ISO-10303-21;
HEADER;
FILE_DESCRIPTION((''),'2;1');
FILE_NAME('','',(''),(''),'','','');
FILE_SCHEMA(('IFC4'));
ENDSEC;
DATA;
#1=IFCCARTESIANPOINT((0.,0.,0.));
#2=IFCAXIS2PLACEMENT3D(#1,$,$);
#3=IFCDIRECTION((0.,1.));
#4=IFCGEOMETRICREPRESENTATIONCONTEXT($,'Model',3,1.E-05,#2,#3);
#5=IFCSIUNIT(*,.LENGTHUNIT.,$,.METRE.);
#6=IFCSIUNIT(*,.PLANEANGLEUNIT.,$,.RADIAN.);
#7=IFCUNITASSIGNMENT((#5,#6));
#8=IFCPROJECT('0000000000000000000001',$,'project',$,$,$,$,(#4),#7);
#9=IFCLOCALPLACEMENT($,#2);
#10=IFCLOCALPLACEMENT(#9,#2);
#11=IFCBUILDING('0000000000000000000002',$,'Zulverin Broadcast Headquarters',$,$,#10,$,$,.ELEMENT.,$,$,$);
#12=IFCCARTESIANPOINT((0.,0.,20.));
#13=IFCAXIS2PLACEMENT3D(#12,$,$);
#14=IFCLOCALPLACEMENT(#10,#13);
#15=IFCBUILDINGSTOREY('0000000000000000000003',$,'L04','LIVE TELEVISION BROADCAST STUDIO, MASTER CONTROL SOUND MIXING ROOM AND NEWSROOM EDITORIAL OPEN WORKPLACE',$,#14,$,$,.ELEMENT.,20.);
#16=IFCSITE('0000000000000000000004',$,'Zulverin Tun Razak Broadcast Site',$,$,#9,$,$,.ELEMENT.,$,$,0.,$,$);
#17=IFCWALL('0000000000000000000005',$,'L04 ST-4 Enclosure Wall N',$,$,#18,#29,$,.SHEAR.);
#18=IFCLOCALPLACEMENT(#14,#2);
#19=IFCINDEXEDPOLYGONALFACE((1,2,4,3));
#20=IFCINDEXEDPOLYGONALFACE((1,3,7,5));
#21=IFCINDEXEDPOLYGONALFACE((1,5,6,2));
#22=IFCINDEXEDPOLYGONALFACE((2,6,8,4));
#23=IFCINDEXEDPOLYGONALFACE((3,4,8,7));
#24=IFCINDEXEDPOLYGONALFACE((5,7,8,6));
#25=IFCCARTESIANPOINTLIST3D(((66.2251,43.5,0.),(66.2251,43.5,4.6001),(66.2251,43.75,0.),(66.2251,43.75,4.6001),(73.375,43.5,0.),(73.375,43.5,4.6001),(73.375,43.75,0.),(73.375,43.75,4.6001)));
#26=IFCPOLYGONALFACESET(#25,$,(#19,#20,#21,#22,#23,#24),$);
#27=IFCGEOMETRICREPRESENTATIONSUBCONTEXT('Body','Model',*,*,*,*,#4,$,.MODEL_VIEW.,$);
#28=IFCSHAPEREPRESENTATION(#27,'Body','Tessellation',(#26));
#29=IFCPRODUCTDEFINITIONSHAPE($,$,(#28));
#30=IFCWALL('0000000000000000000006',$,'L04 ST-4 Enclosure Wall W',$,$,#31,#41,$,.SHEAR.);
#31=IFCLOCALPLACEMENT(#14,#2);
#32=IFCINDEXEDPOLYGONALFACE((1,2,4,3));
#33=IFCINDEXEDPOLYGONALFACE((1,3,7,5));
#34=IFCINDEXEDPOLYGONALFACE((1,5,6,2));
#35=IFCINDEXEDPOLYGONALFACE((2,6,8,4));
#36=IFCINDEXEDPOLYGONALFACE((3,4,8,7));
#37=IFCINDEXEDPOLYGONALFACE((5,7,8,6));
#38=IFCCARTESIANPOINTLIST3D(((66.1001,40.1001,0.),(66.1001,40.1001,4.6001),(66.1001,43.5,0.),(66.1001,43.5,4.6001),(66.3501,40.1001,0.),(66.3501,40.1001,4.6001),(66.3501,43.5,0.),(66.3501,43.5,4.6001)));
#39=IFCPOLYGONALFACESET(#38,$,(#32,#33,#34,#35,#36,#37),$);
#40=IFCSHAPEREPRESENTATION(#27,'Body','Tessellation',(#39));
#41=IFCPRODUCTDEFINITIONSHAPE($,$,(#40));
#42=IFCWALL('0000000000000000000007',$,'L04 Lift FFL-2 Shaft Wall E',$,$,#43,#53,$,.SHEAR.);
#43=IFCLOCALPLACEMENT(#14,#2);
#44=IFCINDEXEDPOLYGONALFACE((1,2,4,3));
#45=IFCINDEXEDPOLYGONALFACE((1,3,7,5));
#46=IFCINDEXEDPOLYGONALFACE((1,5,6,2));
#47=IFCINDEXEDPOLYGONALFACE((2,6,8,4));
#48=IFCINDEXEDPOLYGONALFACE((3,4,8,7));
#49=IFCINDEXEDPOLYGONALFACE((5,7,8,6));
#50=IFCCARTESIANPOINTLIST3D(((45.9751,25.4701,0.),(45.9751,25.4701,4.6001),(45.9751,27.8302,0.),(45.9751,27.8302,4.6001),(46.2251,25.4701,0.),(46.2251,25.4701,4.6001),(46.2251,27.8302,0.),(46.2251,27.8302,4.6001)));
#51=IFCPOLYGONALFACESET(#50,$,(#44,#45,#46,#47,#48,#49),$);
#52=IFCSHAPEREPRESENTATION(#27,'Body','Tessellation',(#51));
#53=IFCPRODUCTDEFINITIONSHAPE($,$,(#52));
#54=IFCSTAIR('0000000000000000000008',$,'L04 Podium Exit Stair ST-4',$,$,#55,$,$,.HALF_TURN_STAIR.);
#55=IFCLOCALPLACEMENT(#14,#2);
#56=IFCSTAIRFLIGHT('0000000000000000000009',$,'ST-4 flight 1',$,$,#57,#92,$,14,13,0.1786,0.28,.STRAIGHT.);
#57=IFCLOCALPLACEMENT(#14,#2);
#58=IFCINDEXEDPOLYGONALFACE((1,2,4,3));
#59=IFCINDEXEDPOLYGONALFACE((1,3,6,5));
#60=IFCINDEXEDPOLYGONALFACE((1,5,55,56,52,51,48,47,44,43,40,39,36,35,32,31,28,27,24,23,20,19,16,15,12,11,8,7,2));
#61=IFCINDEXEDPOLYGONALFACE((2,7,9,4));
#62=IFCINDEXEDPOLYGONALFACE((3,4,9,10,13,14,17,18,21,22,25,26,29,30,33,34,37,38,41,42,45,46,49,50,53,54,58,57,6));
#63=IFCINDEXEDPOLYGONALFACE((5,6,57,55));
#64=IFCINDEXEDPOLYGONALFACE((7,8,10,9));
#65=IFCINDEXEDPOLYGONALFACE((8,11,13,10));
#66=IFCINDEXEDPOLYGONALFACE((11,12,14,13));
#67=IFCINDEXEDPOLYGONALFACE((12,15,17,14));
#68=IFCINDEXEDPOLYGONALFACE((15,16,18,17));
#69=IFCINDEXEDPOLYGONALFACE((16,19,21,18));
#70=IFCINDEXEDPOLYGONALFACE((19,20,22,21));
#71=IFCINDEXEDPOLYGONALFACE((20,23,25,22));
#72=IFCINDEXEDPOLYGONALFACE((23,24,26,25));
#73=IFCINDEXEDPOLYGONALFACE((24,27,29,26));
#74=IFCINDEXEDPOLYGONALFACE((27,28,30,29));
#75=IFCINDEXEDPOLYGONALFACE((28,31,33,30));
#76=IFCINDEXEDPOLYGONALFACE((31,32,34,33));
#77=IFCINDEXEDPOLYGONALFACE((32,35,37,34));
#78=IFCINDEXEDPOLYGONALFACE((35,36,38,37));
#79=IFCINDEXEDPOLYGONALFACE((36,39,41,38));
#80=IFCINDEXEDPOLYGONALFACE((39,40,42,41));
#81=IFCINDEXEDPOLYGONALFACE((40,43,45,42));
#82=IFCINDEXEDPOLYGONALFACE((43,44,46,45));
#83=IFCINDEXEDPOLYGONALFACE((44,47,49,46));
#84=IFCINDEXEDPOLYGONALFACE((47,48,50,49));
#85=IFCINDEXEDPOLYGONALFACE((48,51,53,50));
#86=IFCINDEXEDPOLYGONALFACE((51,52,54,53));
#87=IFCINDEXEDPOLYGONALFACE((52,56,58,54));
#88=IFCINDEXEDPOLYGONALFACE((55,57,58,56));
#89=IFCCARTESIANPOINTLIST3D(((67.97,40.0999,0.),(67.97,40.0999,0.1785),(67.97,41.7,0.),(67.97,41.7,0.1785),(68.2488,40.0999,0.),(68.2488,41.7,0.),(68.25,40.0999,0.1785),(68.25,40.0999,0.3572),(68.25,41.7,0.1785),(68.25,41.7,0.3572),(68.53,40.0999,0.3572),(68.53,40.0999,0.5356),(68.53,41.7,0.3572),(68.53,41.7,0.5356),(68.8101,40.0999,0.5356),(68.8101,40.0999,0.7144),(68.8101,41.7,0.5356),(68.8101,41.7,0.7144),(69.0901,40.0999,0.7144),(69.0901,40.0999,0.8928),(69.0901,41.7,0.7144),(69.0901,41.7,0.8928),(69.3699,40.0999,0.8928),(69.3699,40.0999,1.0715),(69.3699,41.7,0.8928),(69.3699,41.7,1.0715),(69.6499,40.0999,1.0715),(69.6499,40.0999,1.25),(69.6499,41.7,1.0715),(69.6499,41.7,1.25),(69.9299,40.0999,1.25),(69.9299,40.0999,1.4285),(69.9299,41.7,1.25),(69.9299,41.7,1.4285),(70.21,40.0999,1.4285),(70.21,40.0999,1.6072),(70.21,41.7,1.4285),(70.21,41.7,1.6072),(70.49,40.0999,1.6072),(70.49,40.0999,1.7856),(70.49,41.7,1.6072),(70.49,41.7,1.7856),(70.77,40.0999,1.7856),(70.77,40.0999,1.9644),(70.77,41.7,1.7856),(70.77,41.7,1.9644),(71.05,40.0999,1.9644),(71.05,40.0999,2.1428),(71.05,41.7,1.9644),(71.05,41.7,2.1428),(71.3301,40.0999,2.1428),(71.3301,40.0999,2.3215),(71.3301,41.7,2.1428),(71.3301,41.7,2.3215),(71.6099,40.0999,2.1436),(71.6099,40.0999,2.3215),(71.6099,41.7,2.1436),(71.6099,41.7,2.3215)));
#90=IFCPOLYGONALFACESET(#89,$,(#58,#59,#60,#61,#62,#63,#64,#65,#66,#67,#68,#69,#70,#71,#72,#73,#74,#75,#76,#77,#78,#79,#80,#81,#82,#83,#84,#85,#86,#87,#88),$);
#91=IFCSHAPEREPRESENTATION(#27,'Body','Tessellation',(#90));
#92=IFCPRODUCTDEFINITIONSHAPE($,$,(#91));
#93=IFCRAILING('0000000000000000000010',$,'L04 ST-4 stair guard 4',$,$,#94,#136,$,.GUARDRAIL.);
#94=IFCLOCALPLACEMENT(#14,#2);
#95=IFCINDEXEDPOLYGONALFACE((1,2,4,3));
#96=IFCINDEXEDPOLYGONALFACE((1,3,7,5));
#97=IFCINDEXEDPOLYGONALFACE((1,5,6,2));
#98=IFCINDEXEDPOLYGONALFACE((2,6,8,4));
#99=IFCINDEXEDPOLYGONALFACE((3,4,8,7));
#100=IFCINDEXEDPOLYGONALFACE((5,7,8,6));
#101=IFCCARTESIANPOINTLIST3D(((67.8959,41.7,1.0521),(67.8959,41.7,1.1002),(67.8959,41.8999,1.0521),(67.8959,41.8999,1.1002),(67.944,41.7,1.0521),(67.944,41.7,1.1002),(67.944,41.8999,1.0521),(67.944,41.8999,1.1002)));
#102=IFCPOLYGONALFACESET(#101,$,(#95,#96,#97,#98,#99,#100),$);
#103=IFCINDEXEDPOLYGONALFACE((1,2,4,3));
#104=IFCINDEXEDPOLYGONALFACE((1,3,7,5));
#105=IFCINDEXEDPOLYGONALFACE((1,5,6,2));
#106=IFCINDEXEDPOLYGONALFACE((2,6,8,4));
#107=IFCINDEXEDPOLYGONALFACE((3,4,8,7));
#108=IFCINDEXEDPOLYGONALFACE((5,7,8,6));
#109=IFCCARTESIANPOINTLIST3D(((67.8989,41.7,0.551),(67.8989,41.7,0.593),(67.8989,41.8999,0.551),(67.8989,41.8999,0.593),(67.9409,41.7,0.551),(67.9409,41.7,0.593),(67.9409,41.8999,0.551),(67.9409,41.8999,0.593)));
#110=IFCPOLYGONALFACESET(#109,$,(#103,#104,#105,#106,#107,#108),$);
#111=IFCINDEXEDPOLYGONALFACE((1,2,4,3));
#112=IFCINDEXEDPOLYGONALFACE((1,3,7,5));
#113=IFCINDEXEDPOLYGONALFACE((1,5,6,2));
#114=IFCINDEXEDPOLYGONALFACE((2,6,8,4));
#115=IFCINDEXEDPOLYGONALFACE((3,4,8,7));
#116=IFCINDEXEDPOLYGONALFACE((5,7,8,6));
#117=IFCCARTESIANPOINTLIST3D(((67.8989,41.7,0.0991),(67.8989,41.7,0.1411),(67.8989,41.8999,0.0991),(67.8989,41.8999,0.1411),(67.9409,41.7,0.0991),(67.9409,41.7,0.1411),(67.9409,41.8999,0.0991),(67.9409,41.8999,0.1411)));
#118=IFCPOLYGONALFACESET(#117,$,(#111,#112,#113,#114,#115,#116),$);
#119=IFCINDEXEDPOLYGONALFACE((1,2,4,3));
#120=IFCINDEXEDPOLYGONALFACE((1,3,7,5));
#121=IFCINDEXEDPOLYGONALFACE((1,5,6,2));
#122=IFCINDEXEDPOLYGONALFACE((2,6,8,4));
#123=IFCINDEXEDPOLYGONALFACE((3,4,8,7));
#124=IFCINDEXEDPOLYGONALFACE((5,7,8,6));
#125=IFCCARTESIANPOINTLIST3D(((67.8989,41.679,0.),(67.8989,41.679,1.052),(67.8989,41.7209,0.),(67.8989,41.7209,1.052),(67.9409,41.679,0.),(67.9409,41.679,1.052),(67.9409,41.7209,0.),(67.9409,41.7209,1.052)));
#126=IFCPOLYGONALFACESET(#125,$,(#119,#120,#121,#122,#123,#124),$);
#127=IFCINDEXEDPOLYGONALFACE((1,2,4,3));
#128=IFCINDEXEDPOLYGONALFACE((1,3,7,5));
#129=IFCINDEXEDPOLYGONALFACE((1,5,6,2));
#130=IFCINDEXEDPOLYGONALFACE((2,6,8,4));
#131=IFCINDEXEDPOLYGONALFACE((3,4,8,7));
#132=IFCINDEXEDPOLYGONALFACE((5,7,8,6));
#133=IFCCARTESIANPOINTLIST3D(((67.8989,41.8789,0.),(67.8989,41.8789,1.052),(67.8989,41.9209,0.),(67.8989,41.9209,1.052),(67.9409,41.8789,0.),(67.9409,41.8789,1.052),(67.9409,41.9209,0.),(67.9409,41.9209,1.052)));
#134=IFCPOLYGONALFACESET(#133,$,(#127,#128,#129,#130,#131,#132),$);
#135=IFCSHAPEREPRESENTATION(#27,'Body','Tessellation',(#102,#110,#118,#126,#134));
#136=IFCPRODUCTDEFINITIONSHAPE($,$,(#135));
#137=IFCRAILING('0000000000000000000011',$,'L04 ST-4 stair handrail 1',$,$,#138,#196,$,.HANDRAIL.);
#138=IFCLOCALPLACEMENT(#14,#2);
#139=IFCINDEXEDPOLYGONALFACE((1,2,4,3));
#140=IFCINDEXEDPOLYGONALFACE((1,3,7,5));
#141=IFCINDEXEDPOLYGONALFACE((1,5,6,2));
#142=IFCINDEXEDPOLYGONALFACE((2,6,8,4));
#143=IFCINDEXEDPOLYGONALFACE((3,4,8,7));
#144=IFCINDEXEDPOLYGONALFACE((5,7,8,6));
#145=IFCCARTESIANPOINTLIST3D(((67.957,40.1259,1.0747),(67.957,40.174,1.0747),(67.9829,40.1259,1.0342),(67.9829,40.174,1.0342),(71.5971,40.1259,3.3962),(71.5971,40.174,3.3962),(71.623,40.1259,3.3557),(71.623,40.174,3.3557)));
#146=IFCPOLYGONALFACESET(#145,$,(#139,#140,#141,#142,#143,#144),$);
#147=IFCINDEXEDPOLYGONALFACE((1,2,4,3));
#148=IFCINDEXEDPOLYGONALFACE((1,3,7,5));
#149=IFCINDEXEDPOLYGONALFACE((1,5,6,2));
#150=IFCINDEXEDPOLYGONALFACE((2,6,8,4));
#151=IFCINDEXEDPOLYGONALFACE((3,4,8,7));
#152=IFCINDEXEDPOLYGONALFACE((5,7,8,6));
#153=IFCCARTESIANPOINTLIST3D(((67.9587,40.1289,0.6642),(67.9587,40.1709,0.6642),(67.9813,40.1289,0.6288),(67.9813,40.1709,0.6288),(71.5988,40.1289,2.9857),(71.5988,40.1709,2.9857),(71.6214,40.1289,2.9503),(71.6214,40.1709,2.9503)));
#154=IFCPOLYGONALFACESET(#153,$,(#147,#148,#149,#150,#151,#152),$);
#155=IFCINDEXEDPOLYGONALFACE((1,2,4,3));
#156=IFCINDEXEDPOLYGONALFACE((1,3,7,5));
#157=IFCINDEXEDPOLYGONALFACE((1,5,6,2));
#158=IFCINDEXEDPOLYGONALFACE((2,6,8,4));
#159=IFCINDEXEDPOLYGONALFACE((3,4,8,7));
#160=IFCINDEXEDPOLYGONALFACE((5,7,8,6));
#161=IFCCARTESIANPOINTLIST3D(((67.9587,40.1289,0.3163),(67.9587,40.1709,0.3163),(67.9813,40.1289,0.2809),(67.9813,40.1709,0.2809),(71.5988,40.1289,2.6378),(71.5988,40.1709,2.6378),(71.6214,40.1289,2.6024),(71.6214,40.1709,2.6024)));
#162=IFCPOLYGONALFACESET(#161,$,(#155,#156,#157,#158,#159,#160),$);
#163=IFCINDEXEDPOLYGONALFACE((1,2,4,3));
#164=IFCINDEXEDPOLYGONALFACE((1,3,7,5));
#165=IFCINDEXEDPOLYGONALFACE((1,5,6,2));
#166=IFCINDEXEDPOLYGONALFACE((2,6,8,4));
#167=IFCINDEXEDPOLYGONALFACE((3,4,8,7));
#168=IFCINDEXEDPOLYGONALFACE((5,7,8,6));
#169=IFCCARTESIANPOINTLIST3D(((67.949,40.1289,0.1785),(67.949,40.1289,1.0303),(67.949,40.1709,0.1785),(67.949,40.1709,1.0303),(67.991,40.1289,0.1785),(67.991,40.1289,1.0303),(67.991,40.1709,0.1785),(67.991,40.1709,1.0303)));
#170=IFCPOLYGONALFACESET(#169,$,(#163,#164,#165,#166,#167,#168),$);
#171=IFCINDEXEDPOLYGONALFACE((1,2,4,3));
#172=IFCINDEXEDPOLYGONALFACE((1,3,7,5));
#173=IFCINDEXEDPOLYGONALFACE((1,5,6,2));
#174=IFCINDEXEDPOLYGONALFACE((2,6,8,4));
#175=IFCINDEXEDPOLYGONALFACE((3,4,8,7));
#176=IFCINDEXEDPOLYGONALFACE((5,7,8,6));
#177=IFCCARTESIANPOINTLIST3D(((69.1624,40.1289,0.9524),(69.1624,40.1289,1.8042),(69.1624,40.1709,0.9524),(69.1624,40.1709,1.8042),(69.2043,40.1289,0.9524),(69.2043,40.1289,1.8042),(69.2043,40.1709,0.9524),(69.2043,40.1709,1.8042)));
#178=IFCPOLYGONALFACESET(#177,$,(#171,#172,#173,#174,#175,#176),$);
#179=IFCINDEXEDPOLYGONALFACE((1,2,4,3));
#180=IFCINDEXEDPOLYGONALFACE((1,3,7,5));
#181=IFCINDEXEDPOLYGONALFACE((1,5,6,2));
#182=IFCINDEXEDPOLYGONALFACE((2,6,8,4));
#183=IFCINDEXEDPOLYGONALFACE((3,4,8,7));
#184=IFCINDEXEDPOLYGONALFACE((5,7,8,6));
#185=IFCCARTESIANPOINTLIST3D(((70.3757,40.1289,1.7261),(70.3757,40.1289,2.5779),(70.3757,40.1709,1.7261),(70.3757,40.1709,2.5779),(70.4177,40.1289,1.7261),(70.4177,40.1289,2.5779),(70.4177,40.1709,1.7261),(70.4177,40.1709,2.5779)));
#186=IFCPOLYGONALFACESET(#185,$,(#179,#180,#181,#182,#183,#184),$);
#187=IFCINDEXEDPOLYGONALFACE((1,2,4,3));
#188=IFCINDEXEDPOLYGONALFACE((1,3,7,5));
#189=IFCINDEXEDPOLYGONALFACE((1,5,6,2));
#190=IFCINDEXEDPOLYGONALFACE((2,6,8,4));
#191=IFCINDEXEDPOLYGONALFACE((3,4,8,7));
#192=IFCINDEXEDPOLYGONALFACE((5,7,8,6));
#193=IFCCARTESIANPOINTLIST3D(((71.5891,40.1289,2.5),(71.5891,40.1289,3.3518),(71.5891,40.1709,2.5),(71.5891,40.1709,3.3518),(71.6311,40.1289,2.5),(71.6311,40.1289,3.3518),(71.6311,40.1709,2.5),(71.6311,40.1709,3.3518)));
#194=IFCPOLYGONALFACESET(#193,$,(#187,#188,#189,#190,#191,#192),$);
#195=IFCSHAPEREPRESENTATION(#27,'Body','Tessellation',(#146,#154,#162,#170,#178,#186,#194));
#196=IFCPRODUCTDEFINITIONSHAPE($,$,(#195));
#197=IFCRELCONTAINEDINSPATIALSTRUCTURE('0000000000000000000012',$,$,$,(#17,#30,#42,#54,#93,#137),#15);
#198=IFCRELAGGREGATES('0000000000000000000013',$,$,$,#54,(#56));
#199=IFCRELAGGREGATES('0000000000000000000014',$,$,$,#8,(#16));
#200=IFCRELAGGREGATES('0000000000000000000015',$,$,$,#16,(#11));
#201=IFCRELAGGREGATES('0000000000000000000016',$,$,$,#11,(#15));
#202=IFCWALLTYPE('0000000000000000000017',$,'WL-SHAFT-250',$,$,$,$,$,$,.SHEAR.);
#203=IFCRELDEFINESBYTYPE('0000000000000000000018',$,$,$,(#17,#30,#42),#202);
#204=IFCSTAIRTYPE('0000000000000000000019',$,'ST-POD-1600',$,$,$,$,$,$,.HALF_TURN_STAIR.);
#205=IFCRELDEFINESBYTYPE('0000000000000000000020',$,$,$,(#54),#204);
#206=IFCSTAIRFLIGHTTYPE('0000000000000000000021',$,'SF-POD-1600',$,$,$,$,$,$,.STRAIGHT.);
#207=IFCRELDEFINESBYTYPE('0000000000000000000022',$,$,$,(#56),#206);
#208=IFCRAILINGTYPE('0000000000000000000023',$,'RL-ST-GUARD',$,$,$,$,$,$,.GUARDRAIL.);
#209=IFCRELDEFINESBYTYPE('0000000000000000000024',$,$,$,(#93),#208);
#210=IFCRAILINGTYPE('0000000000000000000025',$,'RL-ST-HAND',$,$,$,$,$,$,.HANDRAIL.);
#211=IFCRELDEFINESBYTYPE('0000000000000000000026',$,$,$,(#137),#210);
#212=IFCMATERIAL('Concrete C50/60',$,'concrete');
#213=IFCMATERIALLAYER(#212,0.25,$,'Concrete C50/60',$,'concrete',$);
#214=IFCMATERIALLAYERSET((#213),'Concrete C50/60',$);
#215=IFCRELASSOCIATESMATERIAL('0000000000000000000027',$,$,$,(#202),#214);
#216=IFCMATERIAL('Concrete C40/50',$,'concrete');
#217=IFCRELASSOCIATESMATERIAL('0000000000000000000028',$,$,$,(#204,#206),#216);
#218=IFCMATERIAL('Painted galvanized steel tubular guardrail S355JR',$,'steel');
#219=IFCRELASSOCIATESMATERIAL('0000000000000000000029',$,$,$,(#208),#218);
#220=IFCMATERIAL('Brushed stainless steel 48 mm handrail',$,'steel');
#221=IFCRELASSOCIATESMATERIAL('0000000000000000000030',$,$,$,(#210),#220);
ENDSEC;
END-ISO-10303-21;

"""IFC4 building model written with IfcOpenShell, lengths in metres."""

from ifc_helpers import new_model, si_unit, direction, frame, frame_2d, origin, origin_2d, place, context, subcontext, project, spatial, polyline, rectangle, outline, extrude, material, layer, layer_set, type_object, element, aggregate, save


model = new_model("IFC4")

# Units and contexts
model_context = context("Model", 3, precision=1e-05, world=origin(), true_north=direction((0.0, 1.0)))
body_context = subcontext(model_context, "Body", "Model", "MODEL_VIEW")
ifc_project = project(units=[si_unit("LENGTHUNIT", "METRE"), si_unit("PLANEANGLEUNIT", "RADIAN")], contexts=[model_context])

# Site, building, storey
site_placement = place(None, origin())
site = spatial("IfcSite", under=ifc_project, at=site_placement, Name="Zulverin Tun Razak Broadcast Site", CompositionType="ELEMENT", RefElevation=0.0)
building_placement = place(site_placement, origin())
building = spatial("IfcBuilding", under=site, at=building_placement, Name="Zulverin Broadcast Headquarters", CompositionType="ELEMENT")
storey_placement = place(building_placement, frame((0.0, 0.0, 20.0)))
storey = spatial("IfcBuildingStorey", under=building, at=storey_placement, Name="L04", Description="LIVE TELEVISION BROADCAST STUDIO, MASTER CONTROL SOUND MIXING ROOM AND NEWSROOM EDITORIAL OPEN WORKPLACE", CompositionType="ELEMENT", Elevation=20.0)

# Shared definitions
ifc_material_1 = material(Name="Concrete C40/50", Category="concrete")

# Shared definitions
ifc_material_2 = material(Name="Concrete C50/60", Category="concrete")
ifc_layer_1 = layer(ifc_material_2, 0.25, Name="Concrete C50/60", Category="concrete")
ifc_layer_set_1 = layer_set([ifc_layer_1], Name="Concrete C50/60")
wall_type_1 = type_object("IfcWallType", Name="WL-SHAFT-250", PredefinedType="SHEAR", material=ifc_layer_set_1)

# Walls
wall_1_placement = place(storey_placement, frame((66.2251, 43.625, 0.0), z_axis=(0.0, 0.0, 1.0), x_axis=(1.0, 0.0, 0.0)))
element("IfcWall", 1, at=wall_1_placement, inside=storey, type_object=wall_type_1, Name="L04 ST-4 Enclosure Wall N", PredefinedType="SHEAR", context=body_context, shape_type="SweptSolid", body=[
    extrude(rectangle(XDim=7.1499, YDim=0.25, at=frame_2d((3.575, 0.0))), origin(), (0.0, 0.0, 1.0), 4.6001),
])
wall_2_placement = place(storey_placement, frame((66.2251, 40.1001, 0.0), z_axis=(0.0, 0.0, 1.0), x_axis=(0.0, 1.0, 0.0)))
element("IfcWall", 2, at=wall_2_placement, inside=storey, type_object=wall_type_1, Name="L04 ST-4 Enclosure Wall W", PredefinedType="SHEAR", context=body_context, shape_type="SweptSolid", body=[
    extrude(rectangle(XDim=3.3999, YDim=0.25, at=frame_2d((1.7, 0.0))), origin(), (0.0, 0.0, 1.0), 4.6001),
])
wall_3_placement = place(storey_placement, frame((46.1001, 25.47, 0.0), z_axis=(0.0, 0.0, 1.0), x_axis=(0.0, 1.0, 0.0)))
element("IfcWall", 3, at=wall_3_placement, inside=storey, type_object=wall_type_1, Name="L04 Lift FFL-2 Shaft Wall E", PredefinedType="SHEAR", context=body_context, shape_type="SweptSolid", body=[
    extrude(rectangle(XDim=2.3601, YDim=0.25, at=frame_2d((1.1802, 0.0))), origin(), (0.0, 0.0, 1.0), 4.6001),
])

# Stair, stair flight
stair_type = type_object("IfcStairType", Name="ST-POD-1600", PredefinedType="HALF_TURN_STAIR", material=ifc_material_1)
stair_placement = place(storey_placement, origin())
stair = element("IfcStair", 4, at=stair_placement, inside=storey, type_object=stair_type, Name="L04 Podium Exit Stair ST-4", PredefinedType="HALF_TURN_STAIR")
stair_flight_type = type_object("IfcStairFlightType", Name="SF-POD-1600", PredefinedType="STRAIGHT", material=ifc_material_1)
stair_flight_placement = place(storey_placement, frame((67.97, 40.8999, 0.0), z_axis=(0.0, 0.0, 1.0), x_axis=(1.0, 0.0, 0.0)))
stair_flight = element("IfcStairFlight", 5, at=stair_flight_placement, type_object=stair_flight_type, Name="ST-4 flight 1", NumberOfRisers=14, NumberOfTreads=13, PredefinedType="STRAIGHT", RiserHeight=0.1786, TreadLength=0.28, context=body_context, shape_type="SweptSolid", body=[
    extrude(outline(polyline([(0.0, 0.0), (0.0, 0.1785), (0.28, 0.1785), (0.28, 0.3572), (0.5601, 0.3572), (0.5601, 0.5356), (0.8401, 0.5356), (0.8401, 0.7144), (1.1201, 0.7144), (1.1201, 0.8928), (1.3999, 0.8928), (1.3999, 1.0715), (1.6799, 1.0715), (1.6799, 1.25), (1.96, 1.25), (1.96, 1.4285), (2.24, 1.4285), (2.24, 1.6072), (2.52, 1.6072), (2.52, 1.7856), (2.8, 1.7856), (2.8, 1.9644), (3.0801, 1.9644), (3.0801, 2.1428), (3.3601, 2.1428), (3.3601, 2.3215), (3.6399, 2.3215), (3.6399, 2.5), (3.6399, 2.1436), (0.2788, 0.0), (0.0, 0.0)])), frame((0.0, 0.8, 0.0), z_axis=(0.0, -1.0, 0.0), x_axis=(1.0, 0.0, 0.0)), (0.0, 0.0, 1.0), 1.6001),
])
aggregate(stair, [stair_flight])

# Railings
ifc_material_3 = material(Name="Painted galvanized steel tubular guardrail S355JR", Category="steel")
railing_type_1 = type_object("IfcRailingType", Name="RL-ST-GUARD", PredefinedType="GUARDRAIL", material=ifc_material_3)
railing_1_placement = place(storey_placement, frame((67.9199, 41.7, 0.0)))
element("IfcRailing", 6, at=railing_1_placement, inside=storey, type_object=railing_type_1, Name="L04 ST-4 stair guard 4", PredefinedType="GUARDRAIL", context=body_context, shape_type="SweptSolid", body=[
    extrude(rectangle(XDim=0.0481, YDim=0.0481, at=origin_2d()), frame((0.0, 0.0, 1.0762), z_axis=(0.0, 1.0, 0.0), x_axis=(-1.0, 0.0, 0.0)), (0.0, 0.0, 1.0), 0.2),
    extrude(rectangle(XDim=0.042, YDim=0.042, at=origin_2d()), frame((0.0, 0.0, 0.572), z_axis=(0.0, 1.0, 0.0), x_axis=(-1.0, 0.0, 0.0)), (0.0, 0.0, 1.0), 0.2),
    extrude(rectangle(XDim=0.042, YDim=0.042, at=origin_2d()), frame((0.0, 0.0, 0.1201), z_axis=(0.0, 1.0, 0.0), x_axis=(-1.0, 0.0, 0.0)), (0.0, 0.0, 1.0), 0.2),
    extrude(rectangle(XDim=0.042, YDim=0.042, at=origin_2d()), origin(), (0.0, 0.0, 1.0), 1.052),
    extrude(rectangle(XDim=0.042, YDim=0.042, at=origin_2d()), frame((0.0, 0.2, 0.0)), (0.0, 0.0, 1.0), 1.052),
])
ifc_material_4 = material(Name="Brushed stainless steel 48 mm handrail", Category="steel")
railing_type_2 = type_object("IfcRailingType", Name="RL-ST-HAND", PredefinedType="HANDRAIL", material=ifc_material_4)
railing_2_placement = place(storey_placement, frame((67.97, 40.1499, 0.1785)))
element("IfcRailing", 7, at=railing_2_placement, inside=storey, type_object=railing_type_2, Name="L04 ST-4 stair handrail 1", PredefinedType="HANDRAIL", context=body_context, shape_type="SweptSolid", body=[
    extrude(rectangle(XDim=0.0481, YDim=0.0481, at=origin_2d()), frame((0.0, 0.0, 0.876), z_axis=(0.843128, 0.0, 0.537713), x_axis=(0.0, 1.0, 0.0)), (0.0, 0.0, 1.0), 4.3174),
    extrude(rectangle(XDim=0.042, YDim=0.042, at=origin_2d()), frame((0.0, 0.0, 0.468), z_axis=(0.843128, 0.0, 0.537713), x_axis=(0.0, 1.0, 0.0)), (0.0, 0.0, 1.0), 4.3174),
    extrude(rectangle(XDim=0.042, YDim=0.042, at=origin_2d()), frame((0.0, 0.0, 0.1201), z_axis=(0.843128, 0.0, 0.537713), x_axis=(0.0, 1.0, 0.0)), (0.0, 0.0, 1.0), 4.3174),
    extrude(rectangle(XDim=0.042, YDim=0.042, at=origin_2d()), origin(), (0.0, 0.0, 1.0), 0.8518),
    extrude(rectangle(XDim=0.042, YDim=0.042, at=origin_2d()), frame((1.2134, 0.0, 0.7739)), (0.0, 0.0, 1.0), 0.8518),
    extrude(rectangle(XDim=0.042, YDim=0.042, at=origin_2d()), frame((2.4268, 0.0, 1.5476)), (0.0, 0.0, 1.0), 0.8518),
    extrude(rectangle(XDim=0.042, YDim=0.042, at=origin_2d()), frame((3.6401, 0.0, 2.3215)), (0.0, 0.0, 1.0), 0.8518),
])

save(model, "model.ifc")
